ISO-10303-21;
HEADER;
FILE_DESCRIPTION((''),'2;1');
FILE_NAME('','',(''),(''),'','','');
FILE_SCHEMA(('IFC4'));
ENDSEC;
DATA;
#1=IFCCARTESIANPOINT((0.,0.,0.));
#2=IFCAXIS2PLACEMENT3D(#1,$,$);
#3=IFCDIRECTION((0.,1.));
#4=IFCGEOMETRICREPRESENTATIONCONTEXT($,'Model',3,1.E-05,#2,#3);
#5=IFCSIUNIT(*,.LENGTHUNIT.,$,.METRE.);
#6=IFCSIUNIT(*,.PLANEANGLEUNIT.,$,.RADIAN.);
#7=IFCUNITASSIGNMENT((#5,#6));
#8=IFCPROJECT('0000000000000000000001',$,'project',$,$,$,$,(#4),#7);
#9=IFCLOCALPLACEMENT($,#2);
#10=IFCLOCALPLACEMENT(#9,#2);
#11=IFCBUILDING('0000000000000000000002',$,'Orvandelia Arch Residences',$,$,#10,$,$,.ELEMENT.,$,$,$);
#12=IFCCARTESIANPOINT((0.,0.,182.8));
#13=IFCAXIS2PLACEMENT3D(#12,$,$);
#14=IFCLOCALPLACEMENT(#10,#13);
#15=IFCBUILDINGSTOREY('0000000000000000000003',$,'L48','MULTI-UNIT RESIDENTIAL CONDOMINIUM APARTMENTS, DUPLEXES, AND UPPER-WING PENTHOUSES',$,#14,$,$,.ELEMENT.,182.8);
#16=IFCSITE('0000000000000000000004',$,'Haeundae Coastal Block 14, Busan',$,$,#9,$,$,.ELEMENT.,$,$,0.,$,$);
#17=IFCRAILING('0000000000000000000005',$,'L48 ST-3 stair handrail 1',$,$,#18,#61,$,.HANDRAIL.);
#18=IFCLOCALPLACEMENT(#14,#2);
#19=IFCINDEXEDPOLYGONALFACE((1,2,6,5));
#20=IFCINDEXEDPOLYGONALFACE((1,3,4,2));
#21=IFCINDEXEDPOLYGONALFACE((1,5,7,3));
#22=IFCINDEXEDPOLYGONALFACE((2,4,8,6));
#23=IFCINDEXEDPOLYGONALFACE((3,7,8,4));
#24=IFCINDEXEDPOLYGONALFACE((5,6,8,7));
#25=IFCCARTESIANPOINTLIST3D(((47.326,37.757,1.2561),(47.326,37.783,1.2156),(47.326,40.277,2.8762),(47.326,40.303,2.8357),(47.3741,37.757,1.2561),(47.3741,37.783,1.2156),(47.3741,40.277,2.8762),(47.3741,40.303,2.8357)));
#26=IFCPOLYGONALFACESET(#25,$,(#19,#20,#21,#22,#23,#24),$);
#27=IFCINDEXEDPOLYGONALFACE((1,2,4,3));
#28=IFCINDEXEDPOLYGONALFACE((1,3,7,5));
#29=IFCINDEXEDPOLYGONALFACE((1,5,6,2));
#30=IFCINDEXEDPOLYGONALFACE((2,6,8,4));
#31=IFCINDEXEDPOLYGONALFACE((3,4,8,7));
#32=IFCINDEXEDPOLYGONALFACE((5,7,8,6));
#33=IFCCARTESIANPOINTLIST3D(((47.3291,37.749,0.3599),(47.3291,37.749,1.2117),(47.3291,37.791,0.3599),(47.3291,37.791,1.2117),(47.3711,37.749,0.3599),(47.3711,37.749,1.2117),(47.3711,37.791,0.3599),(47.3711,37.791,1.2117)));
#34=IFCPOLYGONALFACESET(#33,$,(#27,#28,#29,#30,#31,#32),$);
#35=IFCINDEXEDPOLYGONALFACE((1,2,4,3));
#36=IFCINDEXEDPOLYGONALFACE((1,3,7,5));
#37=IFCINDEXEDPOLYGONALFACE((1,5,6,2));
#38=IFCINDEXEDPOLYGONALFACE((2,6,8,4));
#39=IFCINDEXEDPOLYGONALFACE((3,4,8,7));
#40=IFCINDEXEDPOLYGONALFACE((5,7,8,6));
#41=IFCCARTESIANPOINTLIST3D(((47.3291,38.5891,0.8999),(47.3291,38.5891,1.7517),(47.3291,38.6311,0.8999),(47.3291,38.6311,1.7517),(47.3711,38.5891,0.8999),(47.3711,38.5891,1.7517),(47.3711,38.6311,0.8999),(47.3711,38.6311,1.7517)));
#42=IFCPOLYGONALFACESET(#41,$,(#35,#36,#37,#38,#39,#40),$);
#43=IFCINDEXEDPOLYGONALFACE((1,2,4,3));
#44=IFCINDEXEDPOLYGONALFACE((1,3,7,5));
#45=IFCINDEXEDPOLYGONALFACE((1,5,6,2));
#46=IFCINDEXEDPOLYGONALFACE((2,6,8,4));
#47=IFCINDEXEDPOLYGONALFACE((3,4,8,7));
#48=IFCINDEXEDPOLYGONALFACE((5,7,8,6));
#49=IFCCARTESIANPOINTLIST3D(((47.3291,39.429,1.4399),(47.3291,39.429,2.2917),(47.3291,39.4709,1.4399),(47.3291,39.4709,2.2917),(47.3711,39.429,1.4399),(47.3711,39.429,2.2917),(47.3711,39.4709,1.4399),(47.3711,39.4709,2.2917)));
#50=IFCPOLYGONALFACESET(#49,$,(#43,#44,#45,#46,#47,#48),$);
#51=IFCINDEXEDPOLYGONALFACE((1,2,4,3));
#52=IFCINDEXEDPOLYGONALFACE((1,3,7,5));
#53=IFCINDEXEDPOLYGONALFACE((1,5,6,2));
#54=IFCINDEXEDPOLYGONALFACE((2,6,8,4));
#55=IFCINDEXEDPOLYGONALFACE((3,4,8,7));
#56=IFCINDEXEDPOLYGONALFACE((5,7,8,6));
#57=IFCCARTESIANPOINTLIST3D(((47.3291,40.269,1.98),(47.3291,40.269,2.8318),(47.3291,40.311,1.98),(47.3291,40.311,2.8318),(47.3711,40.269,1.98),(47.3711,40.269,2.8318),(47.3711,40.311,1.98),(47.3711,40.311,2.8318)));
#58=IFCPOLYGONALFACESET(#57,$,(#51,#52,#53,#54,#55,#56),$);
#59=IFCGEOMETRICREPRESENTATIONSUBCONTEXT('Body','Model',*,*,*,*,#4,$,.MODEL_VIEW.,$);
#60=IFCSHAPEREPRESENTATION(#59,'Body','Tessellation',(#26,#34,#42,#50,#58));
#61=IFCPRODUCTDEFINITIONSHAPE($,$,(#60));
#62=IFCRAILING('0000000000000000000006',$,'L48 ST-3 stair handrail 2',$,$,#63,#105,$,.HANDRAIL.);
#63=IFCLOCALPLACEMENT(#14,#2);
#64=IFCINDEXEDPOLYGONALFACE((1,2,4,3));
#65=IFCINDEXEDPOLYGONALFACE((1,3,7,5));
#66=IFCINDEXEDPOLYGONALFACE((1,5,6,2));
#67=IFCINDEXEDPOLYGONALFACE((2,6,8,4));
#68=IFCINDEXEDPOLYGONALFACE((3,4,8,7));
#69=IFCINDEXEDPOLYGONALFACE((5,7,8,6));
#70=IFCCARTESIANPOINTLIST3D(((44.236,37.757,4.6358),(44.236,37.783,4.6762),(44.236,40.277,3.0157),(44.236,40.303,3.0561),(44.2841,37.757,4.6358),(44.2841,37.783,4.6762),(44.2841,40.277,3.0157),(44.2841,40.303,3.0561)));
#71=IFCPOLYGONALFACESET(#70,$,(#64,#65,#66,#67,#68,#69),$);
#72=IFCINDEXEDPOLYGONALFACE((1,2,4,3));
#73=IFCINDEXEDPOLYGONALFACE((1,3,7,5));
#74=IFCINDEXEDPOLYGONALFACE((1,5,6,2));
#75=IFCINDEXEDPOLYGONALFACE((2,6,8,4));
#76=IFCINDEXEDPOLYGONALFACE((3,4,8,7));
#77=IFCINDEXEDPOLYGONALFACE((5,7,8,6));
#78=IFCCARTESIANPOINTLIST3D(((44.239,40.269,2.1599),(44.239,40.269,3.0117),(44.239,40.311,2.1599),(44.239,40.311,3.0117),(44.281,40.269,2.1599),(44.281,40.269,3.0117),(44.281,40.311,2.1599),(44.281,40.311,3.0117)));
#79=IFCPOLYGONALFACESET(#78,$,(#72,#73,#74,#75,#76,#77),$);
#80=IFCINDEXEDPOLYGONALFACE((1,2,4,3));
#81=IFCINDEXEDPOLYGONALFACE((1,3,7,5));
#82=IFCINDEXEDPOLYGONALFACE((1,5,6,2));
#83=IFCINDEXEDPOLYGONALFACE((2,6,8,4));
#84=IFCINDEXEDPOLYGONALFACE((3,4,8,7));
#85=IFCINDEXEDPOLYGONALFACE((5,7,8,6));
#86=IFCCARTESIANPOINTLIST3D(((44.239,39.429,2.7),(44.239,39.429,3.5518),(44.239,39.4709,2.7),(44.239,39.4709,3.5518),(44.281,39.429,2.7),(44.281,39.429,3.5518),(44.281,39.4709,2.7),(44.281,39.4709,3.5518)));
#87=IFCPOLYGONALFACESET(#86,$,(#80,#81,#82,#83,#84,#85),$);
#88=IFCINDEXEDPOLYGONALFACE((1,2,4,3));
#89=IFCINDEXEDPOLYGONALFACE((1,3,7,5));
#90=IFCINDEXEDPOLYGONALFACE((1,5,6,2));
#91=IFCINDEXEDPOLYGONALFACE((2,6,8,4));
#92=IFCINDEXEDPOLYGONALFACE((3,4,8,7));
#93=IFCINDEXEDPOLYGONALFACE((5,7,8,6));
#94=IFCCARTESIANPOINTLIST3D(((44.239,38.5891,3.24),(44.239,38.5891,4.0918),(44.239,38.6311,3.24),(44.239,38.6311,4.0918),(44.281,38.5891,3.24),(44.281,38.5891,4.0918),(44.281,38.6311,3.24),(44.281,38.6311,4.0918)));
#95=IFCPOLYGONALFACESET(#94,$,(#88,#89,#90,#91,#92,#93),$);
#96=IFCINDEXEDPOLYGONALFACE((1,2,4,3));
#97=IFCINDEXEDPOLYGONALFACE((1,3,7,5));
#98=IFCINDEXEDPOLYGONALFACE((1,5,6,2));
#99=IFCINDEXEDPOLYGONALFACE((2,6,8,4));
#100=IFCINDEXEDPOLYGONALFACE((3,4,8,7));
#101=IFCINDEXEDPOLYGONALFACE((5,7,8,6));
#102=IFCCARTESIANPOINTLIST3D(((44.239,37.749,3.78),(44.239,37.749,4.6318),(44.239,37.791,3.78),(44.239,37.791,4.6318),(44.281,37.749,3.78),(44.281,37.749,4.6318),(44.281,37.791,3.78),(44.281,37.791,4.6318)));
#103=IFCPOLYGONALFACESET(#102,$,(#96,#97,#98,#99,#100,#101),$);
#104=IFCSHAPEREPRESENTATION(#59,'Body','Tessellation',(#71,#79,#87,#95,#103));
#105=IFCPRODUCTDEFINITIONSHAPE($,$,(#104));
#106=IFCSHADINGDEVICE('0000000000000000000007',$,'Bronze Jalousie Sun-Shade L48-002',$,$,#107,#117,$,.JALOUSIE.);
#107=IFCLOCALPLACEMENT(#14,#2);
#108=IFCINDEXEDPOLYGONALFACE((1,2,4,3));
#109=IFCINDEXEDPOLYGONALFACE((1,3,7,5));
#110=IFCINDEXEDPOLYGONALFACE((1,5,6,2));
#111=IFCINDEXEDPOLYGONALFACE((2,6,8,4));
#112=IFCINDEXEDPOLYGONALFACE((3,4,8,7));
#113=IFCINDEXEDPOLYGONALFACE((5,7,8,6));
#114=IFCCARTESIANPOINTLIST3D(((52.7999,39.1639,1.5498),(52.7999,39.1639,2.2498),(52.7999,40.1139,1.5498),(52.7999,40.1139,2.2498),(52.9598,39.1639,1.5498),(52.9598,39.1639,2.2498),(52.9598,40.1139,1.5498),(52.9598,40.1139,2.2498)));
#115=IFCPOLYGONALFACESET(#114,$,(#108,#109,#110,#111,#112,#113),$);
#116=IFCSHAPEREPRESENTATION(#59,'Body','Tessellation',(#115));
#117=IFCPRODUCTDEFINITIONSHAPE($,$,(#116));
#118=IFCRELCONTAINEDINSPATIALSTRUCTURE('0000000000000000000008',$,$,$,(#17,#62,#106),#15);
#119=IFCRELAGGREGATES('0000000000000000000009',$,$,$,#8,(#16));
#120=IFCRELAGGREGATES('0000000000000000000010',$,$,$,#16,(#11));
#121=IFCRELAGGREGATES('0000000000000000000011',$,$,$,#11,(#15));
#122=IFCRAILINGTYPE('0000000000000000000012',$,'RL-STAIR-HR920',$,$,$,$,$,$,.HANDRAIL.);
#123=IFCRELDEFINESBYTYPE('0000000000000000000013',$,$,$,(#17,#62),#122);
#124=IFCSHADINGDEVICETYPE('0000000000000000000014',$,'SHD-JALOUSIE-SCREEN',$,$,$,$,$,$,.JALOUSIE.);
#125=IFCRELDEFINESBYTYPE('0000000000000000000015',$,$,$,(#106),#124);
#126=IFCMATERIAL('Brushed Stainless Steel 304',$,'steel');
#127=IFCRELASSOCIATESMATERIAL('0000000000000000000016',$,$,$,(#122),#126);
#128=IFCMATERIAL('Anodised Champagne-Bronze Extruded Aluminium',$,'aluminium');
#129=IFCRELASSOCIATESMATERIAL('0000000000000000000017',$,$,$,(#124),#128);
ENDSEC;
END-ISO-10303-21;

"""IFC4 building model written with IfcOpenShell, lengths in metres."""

from ifc_helpers import new_model, si_unit, direction, frame, origin, origin_2d, place, context, subcontext, project, spatial, rectangle, extrude, material, type_object, element, save


model = new_model("IFC4")

# Units and contexts
model_context = context("Model", 3, precision=1e-05, world=origin(), true_north=direction((0.0, 1.0)))
body_context = subcontext(model_context, "Body", "Model", "MODEL_VIEW")
ifc_project = project(units=[si_unit("LENGTHUNIT", "METRE"), si_unit("PLANEANGLEUNIT", "RADIAN")], contexts=[model_context])

# Site, building, storey
site_placement = place(None, origin())
site = spatial("IfcSite", under=ifc_project, at=site_placement, Name="Haeundae Coastal Block 14, Busan", CompositionType="ELEMENT", RefElevation=0.0)
building_placement = place(site_placement, origin())
building = spatial("IfcBuilding", under=site, at=building_placement, Name="Orvandelia Arch Residences", CompositionType="ELEMENT")
storey_placement = place(building_placement, frame((0.0, 0.0, 182.8)))
storey = spatial("IfcBuildingStorey", under=building, at=storey_placement, Name="L48", Description="MULTI-UNIT RESIDENTIAL CONDOMINIUM APARTMENTS, DUPLEXES, AND UPPER-WING PENTHOUSES", CompositionType="ELEMENT", Elevation=182.8)

# Railings
ifc_material_1 = material(Name="Brushed Stainless Steel 304", Category="steel")
railing_type_1 = type_object("IfcRailingType", Name="RL-STAIR-HR920", PredefinedType="HANDRAIL", material=ifc_material_1)
railing_1_placement = place(storey_placement, frame((47.3501, 37.77, 0.3599)))
element("IfcRailing", 1, at=railing_1_placement, inside=storey, type_object=railing_type_1, Name="L48 ST-3 stair handrail 1", PredefinedType="HANDRAIL", context=body_context, shape_type="SweptSolid", body=[
    extrude(rectangle(XDim=0.0481, YDim=0.0481, at=origin_2d()), frame((0.0, 0.0, 0.876), z_axis=(0.0, 0.841163, 0.540782), x_axis=(-1.0, 0.0, 0.0)), (0.0, 0.0, 1.0), 2.9958),
    extrude(rectangle(XDim=0.042, YDim=0.042, at=origin_2d()), origin(), (0.0, 0.0, 1.0), 0.8518),
    extrude(rectangle(XDim=0.042, YDim=0.042, at=origin_2d()), frame((0.0, 0.8401, 0.54)), (0.0, 0.0, 1.0), 0.8518),
    extrude(rectangle(XDim=0.042, YDim=0.042, at=origin_2d()), frame((0.0, 1.6799, 1.0801)), (0.0, 0.0, 1.0), 0.8518),
    extrude(rectangle(XDim=0.042, YDim=0.042, at=origin_2d()), frame((0.0, 2.52, 1.6201)), (0.0, 0.0, 1.0), 0.8518),
])
railing_2_placement = place(storey_placement, frame((44.26, 40.29, 2.1599)))
element("IfcRailing", 2, at=railing_2_placement, inside=storey, type_object=railing_type_1, Name="L48 ST-3 stair handrail 2", PredefinedType="HANDRAIL", context=body_context, shape_type="SweptSolid", body=[
    extrude(rectangle(XDim=0.0481, YDim=0.0481, at=origin_2d()), frame((0.0, 0.0, 0.876), z_axis=(0.0, -0.841163, 0.540782), x_axis=(1.0, 0.0, 0.0)), (0.0, 0.0, 1.0), 2.9958),
    extrude(rectangle(XDim=0.042, YDim=0.042, at=origin_2d()), origin(), (0.0, 0.0, 1.0), 0.8518),
    extrude(rectangle(XDim=0.042, YDim=0.042, at=origin_2d()), frame((0.0, -0.8401, 0.54)), (0.0, 0.0, 1.0), 0.8518),
    extrude(rectangle(XDim=0.042, YDim=0.042, at=origin_2d()), frame((0.0, -1.6799, 1.0801)), (0.0, 0.0, 1.0), 0.8518),
    extrude(rectangle(XDim=0.042, YDim=0.042, at=origin_2d()), frame((0.0, -2.52, 1.6201)), (0.0, 0.0, 1.0), 0.8518),
])

# Shading device
ifc_material_2 = material(Name="Anodised Champagne-Bronze Extruded Aluminium", Category="aluminium")
shading_device_type = type_object("IfcShadingDeviceType", Name="SHD-JALOUSIE-SCREEN", PredefinedType="JALOUSIE", material=ifc_material_2)
shading_device_placement = place(storey_placement, frame((52.8799, 39.6389, 1.5498), z_axis=(0.0, 0.0, 1.0), x_axis=(0.0, -1.0, 0.0)))
element("IfcShadingDevice", 3, at=shading_device_placement, inside=storey, type_object=shading_device_type, Name="Bronze Jalousie Sun-Shade L48-002", PredefinedType="JALOUSIE", context=body_context, shape_type="SweptSolid", body=[
    extrude(rectangle(XDim=0.95, YDim=0.1599, at=origin_2d()), origin(), (0.0, 0.0, 1.0), 0.7),
])

save(model, "model.ifc")
